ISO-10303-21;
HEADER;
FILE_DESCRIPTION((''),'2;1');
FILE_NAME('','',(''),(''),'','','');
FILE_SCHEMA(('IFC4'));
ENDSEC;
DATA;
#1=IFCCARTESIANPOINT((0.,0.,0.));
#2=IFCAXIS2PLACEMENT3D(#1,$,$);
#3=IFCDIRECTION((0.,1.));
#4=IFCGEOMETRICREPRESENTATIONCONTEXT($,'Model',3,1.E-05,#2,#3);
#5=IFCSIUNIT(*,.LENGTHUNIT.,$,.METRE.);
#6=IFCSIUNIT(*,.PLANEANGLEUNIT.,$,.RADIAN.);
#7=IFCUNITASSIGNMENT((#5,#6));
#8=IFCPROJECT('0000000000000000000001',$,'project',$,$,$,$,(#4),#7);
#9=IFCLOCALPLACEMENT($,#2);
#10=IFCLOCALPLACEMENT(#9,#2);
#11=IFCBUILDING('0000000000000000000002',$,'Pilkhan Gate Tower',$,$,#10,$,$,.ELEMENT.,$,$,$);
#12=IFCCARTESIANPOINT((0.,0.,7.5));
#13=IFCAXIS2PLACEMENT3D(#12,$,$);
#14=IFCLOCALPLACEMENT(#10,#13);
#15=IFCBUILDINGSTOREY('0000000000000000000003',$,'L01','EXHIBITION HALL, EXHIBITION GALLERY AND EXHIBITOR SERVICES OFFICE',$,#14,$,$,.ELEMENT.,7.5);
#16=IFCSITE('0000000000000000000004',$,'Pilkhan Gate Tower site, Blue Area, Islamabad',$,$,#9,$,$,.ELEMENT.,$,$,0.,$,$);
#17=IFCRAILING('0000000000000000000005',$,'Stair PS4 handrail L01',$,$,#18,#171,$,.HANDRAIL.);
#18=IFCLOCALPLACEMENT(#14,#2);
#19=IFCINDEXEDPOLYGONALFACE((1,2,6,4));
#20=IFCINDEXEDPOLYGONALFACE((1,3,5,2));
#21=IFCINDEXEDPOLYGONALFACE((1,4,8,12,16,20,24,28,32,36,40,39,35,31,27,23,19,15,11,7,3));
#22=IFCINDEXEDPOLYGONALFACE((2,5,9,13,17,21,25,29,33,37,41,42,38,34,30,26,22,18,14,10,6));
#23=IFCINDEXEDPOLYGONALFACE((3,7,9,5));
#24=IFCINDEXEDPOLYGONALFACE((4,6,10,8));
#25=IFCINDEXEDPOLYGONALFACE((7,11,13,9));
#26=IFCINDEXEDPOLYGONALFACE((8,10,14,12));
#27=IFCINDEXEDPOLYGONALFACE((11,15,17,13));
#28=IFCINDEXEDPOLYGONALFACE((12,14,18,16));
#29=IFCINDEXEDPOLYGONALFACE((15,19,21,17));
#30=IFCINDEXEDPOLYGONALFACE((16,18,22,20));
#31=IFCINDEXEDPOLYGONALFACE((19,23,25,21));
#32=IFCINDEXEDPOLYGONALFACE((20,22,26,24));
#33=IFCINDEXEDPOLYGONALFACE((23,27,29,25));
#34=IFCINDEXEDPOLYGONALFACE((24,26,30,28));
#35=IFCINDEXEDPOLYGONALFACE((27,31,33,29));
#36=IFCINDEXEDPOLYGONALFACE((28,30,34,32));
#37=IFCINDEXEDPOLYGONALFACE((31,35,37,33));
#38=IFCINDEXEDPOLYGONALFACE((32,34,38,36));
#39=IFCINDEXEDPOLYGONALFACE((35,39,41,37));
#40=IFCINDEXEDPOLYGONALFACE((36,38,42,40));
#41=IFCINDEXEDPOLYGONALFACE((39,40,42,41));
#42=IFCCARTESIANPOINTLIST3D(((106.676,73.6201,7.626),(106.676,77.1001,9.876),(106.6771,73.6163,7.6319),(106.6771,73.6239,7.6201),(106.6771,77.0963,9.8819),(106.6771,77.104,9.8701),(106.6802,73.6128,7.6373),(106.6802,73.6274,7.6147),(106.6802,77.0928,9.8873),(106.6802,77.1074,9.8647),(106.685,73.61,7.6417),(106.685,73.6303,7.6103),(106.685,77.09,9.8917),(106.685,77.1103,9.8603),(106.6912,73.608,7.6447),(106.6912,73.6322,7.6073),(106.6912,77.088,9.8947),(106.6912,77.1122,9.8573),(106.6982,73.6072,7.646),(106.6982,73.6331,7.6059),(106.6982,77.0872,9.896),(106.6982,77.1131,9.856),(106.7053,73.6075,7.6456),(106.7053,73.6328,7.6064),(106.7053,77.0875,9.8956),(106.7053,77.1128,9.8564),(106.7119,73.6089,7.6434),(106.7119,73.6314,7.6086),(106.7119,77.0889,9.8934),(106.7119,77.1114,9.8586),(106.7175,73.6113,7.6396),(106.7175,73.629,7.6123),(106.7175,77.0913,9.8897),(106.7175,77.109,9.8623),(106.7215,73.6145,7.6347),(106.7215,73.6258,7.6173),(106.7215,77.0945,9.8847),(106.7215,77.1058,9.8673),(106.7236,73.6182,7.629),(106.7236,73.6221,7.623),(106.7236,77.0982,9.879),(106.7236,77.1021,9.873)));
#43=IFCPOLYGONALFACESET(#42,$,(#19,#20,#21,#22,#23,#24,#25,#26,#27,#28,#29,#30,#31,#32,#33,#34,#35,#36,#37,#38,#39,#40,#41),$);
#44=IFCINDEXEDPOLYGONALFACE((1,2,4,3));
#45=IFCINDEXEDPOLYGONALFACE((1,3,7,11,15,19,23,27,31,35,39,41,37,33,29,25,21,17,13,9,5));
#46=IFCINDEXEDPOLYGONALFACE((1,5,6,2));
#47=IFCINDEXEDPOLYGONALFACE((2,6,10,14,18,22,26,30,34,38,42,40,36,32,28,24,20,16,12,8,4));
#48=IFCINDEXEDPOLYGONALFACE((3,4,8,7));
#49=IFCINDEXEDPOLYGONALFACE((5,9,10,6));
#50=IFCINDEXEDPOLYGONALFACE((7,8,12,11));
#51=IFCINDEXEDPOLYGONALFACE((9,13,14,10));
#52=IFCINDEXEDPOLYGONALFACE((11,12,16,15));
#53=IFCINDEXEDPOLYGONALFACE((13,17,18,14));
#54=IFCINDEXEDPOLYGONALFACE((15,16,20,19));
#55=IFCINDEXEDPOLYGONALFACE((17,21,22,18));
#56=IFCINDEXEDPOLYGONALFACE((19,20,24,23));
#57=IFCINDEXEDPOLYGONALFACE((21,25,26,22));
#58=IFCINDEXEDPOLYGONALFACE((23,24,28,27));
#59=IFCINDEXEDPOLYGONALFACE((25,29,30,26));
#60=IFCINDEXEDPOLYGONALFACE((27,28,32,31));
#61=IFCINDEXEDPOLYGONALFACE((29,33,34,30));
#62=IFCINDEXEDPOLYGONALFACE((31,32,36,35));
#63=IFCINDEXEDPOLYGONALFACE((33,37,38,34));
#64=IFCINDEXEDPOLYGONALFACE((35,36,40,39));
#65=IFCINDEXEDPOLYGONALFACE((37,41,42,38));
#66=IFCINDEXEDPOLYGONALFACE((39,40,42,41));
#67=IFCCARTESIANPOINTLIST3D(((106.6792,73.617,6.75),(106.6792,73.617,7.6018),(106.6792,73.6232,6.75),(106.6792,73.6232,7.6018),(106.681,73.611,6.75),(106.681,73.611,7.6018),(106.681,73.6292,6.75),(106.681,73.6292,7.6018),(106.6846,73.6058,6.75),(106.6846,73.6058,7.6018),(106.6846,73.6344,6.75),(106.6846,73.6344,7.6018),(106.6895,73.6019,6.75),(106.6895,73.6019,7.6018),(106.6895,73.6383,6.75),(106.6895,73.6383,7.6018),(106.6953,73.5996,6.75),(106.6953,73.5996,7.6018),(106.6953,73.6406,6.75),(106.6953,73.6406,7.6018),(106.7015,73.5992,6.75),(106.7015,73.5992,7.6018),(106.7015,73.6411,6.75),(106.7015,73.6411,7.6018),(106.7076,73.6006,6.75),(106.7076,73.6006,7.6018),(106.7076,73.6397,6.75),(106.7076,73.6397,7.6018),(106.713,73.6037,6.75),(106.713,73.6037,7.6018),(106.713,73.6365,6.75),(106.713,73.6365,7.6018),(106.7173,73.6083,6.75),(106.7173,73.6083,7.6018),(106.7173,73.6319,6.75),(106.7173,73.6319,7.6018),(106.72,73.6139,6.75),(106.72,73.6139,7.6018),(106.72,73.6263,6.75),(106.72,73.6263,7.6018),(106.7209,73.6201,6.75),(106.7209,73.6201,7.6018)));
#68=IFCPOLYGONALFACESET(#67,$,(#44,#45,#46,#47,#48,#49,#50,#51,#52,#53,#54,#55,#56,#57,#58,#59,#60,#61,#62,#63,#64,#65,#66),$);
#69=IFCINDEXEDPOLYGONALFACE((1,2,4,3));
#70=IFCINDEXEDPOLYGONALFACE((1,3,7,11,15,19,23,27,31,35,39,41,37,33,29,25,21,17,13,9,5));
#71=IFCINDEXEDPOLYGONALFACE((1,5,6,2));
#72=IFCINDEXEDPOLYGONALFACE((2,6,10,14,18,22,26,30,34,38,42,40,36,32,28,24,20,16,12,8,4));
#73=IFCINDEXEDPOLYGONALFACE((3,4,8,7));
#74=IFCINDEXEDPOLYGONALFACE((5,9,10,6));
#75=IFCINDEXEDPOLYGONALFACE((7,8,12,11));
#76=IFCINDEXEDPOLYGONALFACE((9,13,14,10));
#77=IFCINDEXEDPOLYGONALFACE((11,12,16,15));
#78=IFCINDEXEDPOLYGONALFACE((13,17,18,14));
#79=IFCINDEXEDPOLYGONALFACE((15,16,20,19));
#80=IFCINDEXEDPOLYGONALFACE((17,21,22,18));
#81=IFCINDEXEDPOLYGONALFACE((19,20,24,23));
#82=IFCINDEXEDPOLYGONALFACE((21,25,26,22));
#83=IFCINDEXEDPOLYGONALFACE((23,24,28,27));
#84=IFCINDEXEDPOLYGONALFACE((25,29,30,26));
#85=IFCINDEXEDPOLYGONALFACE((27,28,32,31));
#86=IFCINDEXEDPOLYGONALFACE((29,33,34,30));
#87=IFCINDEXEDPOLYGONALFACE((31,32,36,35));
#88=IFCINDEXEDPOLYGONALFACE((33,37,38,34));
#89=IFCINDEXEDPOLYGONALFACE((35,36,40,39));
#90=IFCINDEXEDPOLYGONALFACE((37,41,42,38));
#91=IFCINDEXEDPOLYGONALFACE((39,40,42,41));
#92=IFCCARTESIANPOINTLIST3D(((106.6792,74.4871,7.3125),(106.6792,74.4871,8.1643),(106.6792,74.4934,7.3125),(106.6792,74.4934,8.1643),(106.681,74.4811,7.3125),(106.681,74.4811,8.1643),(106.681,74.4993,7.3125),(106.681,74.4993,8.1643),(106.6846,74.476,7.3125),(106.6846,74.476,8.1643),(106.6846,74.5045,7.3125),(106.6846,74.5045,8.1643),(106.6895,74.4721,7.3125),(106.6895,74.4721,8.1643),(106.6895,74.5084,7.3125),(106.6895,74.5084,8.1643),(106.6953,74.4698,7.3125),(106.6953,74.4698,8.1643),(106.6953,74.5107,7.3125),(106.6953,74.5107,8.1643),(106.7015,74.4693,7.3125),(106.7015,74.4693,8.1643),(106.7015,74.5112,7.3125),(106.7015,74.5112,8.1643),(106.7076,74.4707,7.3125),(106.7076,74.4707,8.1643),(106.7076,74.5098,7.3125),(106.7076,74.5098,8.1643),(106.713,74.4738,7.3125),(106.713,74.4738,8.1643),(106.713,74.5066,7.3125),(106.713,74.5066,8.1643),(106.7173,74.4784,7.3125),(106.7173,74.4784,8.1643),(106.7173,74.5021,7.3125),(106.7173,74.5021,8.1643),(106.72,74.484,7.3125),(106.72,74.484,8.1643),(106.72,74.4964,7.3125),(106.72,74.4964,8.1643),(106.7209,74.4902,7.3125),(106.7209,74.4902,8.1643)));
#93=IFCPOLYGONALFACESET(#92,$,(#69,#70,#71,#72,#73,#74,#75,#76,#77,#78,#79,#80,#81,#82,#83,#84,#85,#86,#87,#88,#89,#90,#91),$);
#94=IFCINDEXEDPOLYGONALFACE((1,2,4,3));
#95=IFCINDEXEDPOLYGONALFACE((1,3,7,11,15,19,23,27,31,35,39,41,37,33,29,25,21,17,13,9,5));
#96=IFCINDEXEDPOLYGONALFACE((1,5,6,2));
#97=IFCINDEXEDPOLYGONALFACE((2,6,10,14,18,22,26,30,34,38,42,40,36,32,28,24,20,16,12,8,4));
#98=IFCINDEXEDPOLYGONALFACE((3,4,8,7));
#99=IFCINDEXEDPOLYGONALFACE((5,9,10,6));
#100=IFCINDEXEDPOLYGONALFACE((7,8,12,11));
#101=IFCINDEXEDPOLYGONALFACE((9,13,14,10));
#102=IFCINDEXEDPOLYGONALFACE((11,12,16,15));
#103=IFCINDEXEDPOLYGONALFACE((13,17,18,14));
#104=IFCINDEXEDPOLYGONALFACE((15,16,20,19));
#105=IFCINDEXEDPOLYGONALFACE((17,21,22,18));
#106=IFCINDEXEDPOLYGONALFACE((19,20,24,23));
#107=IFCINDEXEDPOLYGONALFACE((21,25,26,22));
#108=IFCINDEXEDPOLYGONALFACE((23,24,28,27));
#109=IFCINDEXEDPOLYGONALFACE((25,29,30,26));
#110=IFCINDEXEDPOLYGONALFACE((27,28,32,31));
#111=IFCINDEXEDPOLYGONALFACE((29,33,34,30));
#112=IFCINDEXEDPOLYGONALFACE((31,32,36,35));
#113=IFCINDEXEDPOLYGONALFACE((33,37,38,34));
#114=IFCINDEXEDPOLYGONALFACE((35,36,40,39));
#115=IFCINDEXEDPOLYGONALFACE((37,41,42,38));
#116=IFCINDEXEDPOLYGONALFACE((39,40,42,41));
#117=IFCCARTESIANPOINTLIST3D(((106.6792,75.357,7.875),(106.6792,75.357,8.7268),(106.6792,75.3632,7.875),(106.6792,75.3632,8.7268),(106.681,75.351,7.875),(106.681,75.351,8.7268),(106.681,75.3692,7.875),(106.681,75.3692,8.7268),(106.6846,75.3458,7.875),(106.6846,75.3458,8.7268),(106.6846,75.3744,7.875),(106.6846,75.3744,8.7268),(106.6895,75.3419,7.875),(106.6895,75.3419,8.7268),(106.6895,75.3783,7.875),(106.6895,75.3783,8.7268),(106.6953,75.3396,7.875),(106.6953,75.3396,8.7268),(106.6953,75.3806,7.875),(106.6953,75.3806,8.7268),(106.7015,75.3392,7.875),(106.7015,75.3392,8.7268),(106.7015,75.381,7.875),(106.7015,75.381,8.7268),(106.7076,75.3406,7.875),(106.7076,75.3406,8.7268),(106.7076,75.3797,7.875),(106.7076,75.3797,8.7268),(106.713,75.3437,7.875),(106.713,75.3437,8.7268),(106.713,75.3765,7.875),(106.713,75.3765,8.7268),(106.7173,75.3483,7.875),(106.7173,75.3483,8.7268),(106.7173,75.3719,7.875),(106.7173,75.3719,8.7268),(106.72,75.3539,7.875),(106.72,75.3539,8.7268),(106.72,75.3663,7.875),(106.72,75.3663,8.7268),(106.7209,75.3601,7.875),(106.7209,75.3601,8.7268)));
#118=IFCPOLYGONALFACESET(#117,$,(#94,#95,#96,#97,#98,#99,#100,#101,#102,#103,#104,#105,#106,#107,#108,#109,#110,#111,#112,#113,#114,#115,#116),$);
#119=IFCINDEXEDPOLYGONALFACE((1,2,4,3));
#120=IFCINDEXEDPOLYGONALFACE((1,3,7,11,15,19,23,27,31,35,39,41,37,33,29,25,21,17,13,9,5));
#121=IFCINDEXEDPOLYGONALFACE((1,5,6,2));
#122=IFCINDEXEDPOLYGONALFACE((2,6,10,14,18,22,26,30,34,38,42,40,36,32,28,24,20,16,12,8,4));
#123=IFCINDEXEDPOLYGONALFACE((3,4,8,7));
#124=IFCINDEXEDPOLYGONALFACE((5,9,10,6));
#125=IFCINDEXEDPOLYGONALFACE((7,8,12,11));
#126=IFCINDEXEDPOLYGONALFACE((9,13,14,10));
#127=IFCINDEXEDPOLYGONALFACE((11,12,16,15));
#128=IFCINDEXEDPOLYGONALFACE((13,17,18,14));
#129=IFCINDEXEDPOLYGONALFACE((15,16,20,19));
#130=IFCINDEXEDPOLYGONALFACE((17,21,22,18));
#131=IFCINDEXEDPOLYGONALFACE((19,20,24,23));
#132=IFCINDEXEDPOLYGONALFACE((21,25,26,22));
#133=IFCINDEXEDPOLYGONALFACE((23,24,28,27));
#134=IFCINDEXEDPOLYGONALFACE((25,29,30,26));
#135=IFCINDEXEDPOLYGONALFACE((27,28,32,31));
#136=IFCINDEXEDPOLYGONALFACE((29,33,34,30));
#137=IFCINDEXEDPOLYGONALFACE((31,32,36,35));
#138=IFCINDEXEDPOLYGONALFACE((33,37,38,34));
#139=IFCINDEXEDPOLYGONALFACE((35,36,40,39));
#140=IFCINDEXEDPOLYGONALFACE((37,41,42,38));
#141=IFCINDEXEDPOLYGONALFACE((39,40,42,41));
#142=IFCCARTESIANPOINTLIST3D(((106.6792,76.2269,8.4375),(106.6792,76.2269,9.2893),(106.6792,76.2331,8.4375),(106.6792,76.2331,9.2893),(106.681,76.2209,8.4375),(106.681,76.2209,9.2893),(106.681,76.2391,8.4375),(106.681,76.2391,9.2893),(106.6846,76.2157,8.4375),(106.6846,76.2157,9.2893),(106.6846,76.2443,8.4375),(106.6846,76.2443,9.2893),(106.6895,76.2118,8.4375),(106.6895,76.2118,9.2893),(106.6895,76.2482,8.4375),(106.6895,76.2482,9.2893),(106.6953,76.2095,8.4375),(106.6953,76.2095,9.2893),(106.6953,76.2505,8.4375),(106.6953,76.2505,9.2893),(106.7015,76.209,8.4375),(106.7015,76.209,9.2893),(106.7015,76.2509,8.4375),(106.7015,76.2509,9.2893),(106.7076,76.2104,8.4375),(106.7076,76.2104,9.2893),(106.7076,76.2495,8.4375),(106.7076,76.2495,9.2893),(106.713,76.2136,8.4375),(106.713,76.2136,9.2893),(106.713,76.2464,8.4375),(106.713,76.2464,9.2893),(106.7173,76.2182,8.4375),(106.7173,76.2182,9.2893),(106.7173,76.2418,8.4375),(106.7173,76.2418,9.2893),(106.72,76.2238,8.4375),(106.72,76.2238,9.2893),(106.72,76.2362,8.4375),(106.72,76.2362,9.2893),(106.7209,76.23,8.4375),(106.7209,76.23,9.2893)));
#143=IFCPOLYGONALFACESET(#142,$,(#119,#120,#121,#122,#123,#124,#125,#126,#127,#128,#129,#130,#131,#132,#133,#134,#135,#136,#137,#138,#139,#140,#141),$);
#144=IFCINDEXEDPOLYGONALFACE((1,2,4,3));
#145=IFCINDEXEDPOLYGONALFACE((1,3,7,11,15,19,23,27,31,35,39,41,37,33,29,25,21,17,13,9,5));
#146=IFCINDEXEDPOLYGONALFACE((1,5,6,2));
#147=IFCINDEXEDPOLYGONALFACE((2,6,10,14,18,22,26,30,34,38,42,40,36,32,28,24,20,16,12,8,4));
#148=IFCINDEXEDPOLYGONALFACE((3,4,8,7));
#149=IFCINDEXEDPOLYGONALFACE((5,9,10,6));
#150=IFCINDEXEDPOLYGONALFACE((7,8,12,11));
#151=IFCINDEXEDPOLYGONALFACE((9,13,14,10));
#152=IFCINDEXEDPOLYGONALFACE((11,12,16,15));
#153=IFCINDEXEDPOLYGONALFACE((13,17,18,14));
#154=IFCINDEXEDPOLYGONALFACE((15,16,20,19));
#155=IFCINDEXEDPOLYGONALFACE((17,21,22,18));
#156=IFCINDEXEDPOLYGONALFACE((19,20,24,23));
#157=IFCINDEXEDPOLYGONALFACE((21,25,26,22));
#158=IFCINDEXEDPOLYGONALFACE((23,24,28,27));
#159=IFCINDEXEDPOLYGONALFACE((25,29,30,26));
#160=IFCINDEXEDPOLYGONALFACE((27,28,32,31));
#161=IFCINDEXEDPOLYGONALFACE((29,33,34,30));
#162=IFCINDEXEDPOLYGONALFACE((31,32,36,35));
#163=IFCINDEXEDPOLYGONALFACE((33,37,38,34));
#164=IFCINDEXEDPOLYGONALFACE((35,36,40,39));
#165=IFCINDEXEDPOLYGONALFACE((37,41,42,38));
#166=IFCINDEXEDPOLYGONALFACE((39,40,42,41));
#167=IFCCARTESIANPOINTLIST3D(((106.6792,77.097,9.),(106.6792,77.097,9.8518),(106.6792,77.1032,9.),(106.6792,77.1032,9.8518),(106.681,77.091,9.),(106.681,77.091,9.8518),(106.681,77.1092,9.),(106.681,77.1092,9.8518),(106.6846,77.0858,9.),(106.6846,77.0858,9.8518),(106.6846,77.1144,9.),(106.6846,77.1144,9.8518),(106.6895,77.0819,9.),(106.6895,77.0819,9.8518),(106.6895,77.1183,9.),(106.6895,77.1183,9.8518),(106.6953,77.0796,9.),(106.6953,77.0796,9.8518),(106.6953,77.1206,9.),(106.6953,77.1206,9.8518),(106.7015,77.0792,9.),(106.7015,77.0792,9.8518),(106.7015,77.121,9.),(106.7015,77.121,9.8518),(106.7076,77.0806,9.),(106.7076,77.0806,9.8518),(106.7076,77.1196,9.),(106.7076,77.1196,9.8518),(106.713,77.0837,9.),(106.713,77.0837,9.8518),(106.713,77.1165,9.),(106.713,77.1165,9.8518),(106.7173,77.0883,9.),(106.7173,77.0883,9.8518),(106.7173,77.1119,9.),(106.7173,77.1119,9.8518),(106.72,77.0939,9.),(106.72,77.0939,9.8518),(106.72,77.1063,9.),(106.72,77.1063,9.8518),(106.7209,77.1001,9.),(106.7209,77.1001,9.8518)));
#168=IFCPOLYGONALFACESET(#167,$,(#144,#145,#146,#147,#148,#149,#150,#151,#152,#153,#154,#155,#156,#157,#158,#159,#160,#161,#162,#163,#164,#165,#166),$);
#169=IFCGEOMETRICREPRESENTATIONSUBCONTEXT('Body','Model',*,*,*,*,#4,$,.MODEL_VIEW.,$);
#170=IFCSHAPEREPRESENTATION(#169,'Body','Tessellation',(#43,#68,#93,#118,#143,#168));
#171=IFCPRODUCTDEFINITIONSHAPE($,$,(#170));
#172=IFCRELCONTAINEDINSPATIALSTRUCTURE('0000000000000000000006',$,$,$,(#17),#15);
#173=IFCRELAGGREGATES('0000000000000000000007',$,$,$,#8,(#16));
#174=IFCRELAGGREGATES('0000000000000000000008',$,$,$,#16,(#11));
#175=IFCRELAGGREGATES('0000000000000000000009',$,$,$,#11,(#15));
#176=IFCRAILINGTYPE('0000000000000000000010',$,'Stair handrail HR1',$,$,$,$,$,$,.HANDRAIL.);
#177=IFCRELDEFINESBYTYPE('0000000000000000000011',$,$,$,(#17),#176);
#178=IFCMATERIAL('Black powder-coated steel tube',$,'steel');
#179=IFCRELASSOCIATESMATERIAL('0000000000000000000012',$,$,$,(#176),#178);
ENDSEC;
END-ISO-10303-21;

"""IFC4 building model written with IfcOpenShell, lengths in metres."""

from ifc_helpers import new_model, si_unit, direction, frame, origin, origin_2d, place, context, subcontext, project, spatial, circle, extrude, material, type_object, element, save


model = new_model("IFC4")

# Units and contexts
model_context = context("Model", 3, precision=1e-05, world=origin(), true_north=direction((0.0, 1.0)))
body_context = subcontext(model_context, "Body", "Model", "MODEL_VIEW")
ifc_project = project(units=[si_unit("LENGTHUNIT", "METRE"), si_unit("PLANEANGLEUNIT", "RADIAN")], contexts=[model_context])

# Site, building, storey
site_placement = place(None, origin())
site = spatial("IfcSite", under=ifc_project, at=site_placement, Name="Pilkhan Gate Tower site, Blue Area, Islamabad", CompositionType="ELEMENT", RefElevation=0.0)
building_placement = place(site_placement, origin())
building = spatial("IfcBuilding", under=site, at=building_placement, Name="Pilkhan Gate Tower", CompositionType="ELEMENT")
storey_placement = place(building_placement, frame((0.0, 0.0, 7.5)))
storey = spatial("IfcBuildingStorey", under=building, at=storey_placement, Name="L01", Description="EXHIBITION HALL, EXHIBITION GALLERY AND EXHIBITOR SERVICES OFFICE", CompositionType="ELEMENT", Elevation=7.5)

# Railing
ifc_material_1 = material(Name="Black powder-coated steel tube", Category="steel")
railing_type_1 = type_object("IfcRailingType", Name="Stair handrail HR1", PredefinedType="HANDRAIL", material=ifc_material_1)
railing_1_placement = place(storey_placement, frame((106.7, 73.6201, 6.75)))
element("IfcRailing", 1, at=railing_1_placement, inside=storey, type_object=railing_type_1, Name="Stair PS4 handrail L01", PredefinedType="HANDRAIL", context=body_context, shape_type="SweptSolid", body=[
    extrude(circle(Radius=0.0239, at=origin_2d()), frame((0.0, 0.0, 0.876), z_axis=(0.0, 0.839763, 0.542953), x_axis=(-1.0, 0.0, 0.0)), (0.0, 0.0, 1.0), 4.144),
    extrude(circle(Radius=0.021, at=origin_2d()), origin(), (0.0, 0.0, 1.0), 0.8518),
    extrude(circle(Radius=0.021, at=origin_2d()), frame((0.0, 0.8701, 0.5625)), (0.0, 0.0, 1.0), 0.8518),
    extrude(circle(Radius=0.021, at=origin_2d()), frame((0.0, 1.74, 1.125)), (0.0, 0.0, 1.0), 0.8518),
    extrude(circle(Radius=0.021, at=origin_2d()), frame((0.0, 2.6099, 1.6875)), (0.0, 0.0, 1.0), 0.8518),
    extrude(circle(Radius=0.021, at=origin_2d()), frame((0.0, 3.48, 2.25)), (0.0, 0.0, 1.0), 0.8518),
])

save(model, "model.ifc")
